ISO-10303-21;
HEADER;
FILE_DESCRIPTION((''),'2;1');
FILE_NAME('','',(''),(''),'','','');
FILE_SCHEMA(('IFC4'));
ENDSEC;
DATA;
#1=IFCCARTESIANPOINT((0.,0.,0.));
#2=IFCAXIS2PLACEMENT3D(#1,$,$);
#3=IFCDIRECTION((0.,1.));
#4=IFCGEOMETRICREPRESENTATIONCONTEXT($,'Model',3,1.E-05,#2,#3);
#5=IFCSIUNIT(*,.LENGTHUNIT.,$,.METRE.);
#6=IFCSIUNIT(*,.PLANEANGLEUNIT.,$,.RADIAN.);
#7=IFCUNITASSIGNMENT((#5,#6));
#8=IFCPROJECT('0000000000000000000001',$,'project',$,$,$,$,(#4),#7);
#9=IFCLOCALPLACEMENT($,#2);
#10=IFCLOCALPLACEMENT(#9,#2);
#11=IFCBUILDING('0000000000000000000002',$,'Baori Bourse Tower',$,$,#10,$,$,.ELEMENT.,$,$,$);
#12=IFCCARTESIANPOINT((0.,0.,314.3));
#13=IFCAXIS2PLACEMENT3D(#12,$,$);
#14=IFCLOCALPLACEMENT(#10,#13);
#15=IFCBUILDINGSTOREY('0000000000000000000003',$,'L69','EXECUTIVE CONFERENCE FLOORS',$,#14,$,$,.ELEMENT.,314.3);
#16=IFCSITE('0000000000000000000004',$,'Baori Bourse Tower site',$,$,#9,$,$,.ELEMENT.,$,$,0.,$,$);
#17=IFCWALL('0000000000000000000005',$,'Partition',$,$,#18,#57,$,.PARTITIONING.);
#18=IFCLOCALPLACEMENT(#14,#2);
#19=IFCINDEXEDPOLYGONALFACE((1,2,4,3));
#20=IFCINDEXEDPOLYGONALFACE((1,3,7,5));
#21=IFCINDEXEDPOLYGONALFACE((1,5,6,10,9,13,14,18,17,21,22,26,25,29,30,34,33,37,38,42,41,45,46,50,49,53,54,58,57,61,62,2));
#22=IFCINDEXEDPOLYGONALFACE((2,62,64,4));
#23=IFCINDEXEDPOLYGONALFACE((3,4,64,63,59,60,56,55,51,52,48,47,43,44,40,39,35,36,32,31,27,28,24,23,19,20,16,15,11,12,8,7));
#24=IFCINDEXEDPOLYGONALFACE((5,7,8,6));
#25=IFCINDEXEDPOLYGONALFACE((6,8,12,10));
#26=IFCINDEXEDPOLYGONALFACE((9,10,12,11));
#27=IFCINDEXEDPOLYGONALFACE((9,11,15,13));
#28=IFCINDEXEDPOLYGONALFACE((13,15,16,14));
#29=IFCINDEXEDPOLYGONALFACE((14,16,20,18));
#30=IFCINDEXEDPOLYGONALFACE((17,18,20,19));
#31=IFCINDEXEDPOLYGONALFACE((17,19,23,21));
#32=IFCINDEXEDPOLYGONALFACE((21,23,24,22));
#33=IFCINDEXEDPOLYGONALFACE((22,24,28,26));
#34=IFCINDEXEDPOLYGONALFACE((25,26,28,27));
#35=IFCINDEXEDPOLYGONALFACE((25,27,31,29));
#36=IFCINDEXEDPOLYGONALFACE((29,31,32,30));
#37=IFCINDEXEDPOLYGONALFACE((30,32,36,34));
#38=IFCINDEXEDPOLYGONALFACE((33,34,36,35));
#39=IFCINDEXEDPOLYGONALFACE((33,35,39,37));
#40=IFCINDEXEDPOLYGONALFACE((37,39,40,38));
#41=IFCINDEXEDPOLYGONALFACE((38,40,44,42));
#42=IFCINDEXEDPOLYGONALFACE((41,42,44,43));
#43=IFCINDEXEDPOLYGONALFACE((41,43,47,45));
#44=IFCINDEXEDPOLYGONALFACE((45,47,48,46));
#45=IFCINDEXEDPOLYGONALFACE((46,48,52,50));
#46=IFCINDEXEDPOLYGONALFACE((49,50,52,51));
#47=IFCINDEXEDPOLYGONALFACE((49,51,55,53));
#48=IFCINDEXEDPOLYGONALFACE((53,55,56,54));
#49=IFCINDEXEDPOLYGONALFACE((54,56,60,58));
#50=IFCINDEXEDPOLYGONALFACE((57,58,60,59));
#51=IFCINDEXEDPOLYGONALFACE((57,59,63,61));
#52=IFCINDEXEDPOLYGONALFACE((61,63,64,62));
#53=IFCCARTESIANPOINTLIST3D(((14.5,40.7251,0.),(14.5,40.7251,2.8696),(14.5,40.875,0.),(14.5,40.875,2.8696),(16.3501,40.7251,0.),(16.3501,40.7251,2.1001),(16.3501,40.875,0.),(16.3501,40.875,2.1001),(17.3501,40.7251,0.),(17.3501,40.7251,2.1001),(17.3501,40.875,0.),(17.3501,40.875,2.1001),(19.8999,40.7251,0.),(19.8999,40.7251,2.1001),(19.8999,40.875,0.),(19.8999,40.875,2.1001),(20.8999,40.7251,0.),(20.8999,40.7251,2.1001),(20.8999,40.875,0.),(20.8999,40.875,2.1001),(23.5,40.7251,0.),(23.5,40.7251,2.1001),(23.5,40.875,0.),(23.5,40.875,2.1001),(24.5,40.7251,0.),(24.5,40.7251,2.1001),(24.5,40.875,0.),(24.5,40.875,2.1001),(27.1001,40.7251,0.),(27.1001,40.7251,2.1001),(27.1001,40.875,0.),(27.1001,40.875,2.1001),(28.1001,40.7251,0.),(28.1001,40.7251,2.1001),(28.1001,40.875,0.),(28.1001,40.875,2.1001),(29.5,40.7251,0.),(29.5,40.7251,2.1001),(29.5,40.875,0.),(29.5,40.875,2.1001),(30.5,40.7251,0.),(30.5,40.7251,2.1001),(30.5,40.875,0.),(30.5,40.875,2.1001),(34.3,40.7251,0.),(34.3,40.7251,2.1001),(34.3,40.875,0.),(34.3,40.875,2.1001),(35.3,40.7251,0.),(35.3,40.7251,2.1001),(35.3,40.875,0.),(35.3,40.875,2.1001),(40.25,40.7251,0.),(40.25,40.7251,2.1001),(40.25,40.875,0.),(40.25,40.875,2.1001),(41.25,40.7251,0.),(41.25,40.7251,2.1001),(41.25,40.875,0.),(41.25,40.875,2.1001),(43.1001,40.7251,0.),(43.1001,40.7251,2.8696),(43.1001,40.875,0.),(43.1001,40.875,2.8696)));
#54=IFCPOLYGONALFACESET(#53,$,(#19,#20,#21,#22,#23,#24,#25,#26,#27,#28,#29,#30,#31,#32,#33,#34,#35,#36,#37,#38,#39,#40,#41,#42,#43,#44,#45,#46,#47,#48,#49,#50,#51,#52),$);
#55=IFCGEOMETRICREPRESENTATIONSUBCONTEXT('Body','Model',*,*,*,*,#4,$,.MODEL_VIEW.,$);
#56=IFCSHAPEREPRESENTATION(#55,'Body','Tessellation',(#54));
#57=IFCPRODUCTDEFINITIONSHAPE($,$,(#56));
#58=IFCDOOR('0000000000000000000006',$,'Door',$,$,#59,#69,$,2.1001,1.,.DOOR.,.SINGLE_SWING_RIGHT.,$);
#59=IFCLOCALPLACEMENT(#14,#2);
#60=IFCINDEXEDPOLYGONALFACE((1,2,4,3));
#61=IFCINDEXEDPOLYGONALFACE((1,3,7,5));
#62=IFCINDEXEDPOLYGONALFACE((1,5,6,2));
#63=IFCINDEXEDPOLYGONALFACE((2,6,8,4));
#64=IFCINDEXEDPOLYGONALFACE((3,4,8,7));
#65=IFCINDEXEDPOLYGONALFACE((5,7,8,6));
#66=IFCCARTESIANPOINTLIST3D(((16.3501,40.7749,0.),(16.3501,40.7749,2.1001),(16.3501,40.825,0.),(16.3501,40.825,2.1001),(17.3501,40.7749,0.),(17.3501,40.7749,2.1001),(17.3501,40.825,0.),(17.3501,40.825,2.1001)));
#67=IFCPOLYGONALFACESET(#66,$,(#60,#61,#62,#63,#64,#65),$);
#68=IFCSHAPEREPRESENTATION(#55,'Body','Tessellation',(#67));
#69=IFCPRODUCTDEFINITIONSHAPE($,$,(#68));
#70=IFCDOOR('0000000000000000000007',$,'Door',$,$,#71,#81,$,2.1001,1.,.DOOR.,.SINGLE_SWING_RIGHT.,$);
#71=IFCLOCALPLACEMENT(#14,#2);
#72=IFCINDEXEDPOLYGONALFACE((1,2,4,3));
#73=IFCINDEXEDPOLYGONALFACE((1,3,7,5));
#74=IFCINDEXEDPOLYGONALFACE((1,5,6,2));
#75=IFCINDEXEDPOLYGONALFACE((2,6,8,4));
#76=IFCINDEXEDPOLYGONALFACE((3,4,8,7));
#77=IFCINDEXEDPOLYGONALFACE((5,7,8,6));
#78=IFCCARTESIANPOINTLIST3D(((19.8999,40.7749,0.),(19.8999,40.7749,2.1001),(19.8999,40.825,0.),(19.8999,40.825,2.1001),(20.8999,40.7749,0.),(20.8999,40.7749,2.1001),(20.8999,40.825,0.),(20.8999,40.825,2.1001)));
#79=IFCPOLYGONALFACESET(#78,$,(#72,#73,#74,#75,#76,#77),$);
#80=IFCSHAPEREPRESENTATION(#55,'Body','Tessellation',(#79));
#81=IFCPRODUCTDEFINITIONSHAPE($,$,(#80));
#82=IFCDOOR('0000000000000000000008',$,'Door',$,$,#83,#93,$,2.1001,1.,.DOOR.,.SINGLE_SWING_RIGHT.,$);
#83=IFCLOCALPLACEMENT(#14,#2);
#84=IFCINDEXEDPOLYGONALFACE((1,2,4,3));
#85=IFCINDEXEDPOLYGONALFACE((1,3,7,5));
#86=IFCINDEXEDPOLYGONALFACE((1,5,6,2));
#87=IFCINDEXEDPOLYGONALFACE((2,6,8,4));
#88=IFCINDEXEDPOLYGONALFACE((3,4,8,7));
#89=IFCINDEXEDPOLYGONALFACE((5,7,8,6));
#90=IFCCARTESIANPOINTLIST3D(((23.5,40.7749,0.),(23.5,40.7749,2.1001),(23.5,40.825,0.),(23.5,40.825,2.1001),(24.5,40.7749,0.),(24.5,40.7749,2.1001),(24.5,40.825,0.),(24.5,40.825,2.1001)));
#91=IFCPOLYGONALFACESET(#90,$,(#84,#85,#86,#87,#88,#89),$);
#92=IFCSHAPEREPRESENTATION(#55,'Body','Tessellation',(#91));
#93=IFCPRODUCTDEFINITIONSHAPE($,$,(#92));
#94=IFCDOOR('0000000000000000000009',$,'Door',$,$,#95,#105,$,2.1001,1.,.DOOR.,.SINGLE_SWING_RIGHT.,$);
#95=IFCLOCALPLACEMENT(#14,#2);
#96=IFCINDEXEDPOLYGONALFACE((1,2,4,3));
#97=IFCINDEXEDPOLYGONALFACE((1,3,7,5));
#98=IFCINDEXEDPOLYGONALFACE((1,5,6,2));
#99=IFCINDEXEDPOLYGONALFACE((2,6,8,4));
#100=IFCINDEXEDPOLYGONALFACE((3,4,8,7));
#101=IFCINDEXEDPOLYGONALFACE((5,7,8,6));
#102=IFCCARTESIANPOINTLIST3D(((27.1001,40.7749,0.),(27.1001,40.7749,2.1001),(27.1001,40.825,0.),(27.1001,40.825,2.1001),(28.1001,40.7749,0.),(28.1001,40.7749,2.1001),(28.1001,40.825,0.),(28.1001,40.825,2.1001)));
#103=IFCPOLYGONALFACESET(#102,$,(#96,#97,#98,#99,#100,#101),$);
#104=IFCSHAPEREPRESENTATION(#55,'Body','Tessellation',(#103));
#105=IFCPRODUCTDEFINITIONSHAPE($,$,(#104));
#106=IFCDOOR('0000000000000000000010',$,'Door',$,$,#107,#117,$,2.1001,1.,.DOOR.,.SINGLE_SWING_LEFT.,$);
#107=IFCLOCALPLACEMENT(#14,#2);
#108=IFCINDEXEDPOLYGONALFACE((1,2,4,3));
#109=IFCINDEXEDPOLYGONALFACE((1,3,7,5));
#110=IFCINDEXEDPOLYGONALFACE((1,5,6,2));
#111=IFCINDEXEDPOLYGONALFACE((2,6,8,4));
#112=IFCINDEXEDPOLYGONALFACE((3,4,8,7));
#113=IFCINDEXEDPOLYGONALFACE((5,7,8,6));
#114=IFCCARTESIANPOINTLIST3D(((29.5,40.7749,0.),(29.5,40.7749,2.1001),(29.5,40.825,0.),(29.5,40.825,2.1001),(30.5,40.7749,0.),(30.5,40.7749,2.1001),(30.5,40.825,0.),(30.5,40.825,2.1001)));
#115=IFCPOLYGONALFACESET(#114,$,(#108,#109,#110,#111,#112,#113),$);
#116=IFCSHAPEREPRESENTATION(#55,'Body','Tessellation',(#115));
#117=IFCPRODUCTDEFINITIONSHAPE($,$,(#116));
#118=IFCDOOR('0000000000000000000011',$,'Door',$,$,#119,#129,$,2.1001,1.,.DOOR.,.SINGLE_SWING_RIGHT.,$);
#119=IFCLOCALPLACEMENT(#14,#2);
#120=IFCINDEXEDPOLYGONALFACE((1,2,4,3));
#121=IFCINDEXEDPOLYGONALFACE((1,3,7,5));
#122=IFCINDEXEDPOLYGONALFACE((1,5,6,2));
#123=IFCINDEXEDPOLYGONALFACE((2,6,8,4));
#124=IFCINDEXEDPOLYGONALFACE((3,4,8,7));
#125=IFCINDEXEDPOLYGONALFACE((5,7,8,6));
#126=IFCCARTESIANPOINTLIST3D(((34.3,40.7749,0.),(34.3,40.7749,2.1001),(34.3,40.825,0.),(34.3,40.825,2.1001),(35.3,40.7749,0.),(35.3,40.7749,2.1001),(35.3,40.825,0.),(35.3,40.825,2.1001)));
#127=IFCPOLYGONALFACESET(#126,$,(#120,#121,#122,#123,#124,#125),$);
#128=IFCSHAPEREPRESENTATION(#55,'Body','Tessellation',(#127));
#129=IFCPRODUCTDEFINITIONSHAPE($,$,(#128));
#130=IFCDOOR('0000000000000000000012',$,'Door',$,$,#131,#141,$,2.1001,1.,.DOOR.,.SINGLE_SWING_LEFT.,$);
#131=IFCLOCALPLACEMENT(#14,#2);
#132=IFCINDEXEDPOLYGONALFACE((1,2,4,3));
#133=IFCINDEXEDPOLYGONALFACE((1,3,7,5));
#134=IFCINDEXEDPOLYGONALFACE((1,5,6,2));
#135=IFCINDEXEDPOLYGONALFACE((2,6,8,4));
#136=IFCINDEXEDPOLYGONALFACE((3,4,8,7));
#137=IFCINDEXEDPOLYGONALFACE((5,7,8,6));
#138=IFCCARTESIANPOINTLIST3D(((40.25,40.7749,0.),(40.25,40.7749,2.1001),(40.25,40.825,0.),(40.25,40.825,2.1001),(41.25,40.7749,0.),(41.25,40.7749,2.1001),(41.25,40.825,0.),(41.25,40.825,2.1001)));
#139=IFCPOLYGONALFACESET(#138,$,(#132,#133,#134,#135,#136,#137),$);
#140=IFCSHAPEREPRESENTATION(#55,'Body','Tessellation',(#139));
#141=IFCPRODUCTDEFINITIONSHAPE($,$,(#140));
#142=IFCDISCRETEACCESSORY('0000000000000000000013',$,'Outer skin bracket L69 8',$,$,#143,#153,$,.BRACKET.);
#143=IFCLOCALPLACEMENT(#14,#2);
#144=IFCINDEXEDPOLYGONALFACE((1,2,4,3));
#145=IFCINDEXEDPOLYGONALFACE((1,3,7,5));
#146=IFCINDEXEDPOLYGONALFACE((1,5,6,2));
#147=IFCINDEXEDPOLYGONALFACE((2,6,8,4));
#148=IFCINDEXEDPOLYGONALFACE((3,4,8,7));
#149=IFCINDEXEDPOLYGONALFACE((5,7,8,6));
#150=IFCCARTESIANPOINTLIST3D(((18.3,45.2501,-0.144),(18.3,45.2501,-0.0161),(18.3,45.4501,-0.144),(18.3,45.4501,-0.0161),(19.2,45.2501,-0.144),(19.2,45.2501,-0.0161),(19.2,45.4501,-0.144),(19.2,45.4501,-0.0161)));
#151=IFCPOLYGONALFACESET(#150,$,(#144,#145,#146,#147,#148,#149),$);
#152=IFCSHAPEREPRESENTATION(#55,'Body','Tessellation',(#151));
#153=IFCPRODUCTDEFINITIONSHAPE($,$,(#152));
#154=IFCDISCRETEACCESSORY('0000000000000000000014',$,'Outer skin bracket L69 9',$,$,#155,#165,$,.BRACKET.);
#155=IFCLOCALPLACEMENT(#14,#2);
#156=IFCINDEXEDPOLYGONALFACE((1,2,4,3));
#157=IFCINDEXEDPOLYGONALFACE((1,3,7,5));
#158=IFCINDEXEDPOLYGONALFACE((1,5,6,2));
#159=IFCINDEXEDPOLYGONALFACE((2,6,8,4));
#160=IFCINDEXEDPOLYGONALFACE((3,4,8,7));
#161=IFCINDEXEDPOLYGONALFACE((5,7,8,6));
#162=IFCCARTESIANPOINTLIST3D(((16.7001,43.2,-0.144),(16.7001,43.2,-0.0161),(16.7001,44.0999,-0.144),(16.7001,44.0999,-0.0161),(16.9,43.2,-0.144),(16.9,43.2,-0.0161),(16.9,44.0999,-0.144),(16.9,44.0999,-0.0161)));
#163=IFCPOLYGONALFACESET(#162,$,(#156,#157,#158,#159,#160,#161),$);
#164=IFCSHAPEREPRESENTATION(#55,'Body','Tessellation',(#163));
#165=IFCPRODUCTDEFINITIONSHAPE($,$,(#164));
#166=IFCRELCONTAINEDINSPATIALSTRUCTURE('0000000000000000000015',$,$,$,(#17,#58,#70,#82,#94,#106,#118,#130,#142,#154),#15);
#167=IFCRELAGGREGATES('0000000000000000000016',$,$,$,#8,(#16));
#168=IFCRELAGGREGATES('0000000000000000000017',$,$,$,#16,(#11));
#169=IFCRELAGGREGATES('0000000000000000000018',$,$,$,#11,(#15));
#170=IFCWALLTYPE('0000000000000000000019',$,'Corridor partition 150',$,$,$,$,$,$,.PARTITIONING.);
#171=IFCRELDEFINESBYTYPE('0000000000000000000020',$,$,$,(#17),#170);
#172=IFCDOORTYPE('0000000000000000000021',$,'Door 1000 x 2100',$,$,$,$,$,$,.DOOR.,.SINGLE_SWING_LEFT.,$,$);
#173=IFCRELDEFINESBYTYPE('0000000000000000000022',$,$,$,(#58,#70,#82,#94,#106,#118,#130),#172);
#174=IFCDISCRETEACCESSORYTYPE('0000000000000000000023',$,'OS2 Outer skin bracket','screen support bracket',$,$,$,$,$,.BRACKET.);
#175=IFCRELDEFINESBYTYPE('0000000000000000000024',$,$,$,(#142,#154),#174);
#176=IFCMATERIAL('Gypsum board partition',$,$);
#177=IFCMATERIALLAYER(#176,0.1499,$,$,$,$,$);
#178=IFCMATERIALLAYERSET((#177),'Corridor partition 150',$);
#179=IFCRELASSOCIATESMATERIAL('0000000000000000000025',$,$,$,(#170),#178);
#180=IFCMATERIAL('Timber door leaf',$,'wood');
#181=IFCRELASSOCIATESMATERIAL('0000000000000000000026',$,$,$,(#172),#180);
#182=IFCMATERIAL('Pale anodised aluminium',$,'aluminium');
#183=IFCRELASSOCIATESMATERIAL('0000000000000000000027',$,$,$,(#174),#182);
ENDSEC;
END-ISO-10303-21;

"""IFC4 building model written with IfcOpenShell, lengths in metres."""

from ifc_helpers import new_model, si_unit, direction, frame, frame_2d, origin, origin_2d, place, context, subcontext, project, spatial, rectangle, extrude, material, layer, layer_set, type_object, element, fill, save


model = new_model("IFC4")

# Units and contexts
model_context = context("Model", 3, precision=1e-05, world=origin(), true_north=direction((0.0, 1.0)))
body_context = subcontext(model_context, "Body", "Model", "MODEL_VIEW")
ifc_project = project(units=[si_unit("LENGTHUNIT", "METRE"), si_unit("PLANEANGLEUNIT", "RADIAN")], contexts=[model_context])

# Site, building, storey
site_placement = place(None, origin())
site = spatial("IfcSite", under=ifc_project, at=site_placement, Name="Baori Bourse Tower site", CompositionType="ELEMENT", RefElevation=0.0)
building_placement = place(site_placement, origin())
building = spatial("IfcBuilding", under=site, at=building_placement, Name="Baori Bourse Tower", CompositionType="ELEMENT")
storey_placement = place(building_placement, frame((0.0, 0.0, 314.3)))
storey = spatial("IfcBuildingStorey", under=building, at=storey_placement, Name="L69", Description="EXECUTIVE CONFERENCE FLOORS", CompositionType="ELEMENT", Elevation=314.3)

# Wall, openings, doors
ifc_material_1 = material(Name="Gypsum board partition")
ifc_layer_1 = layer(ifc_material_1, 0.1499)
ifc_layer_set_1 = layer_set([ifc_layer_1], Name="Corridor partition 150")
wall_type_1 = type_object("IfcWallType", Name="Corridor partition 150", PredefinedType="PARTITIONING", material=ifc_layer_set_1)
wall_1_placement = place(storey_placement, frame((14.5, 40.8, 0.0), z_axis=(0.0, 0.0, 1.0), x_axis=(1.0, 0.0, 0.0)))
wall_1 = element("IfcWall", 1, at=wall_1_placement, inside=storey, type_object=wall_type_1, Name="Partition", PredefinedType="PARTITIONING", context=body_context, shape_type="SweptSolid", body=[
    extrude(rectangle(XDim=28.6001, YDim=0.1499, at=frame_2d((14.3, 0.0))), origin(), (0.0, 0.0, 1.0), 2.8696),
])
opening_1_placement = place(wall_1_placement, frame((1.8501, 0.0, 0.0)))
opening_1 = element("IfcOpeningElement", 2, at=opening_1_placement, cuts=wall_1, PredefinedType="OPENING", context=body_context, shape_type="SweptSolid", body=[
    extrude(rectangle(XDim=1.0, YDim=2.1001, at=frame_2d((0.5, 1.05))), frame((0.0, 0.085, 0.0), z_axis=(0.0, -1.0, 0.0), x_axis=(1.0, 0.0, 0.0)), (0.0, 0.0, 1.0), 0.1699),
])
opening_2_placement = place(wall_1_placement, frame((5.3999, 0.0, 0.0)))
opening_2 = element("IfcOpeningElement", 3, at=opening_2_placement, cuts=wall_1, PredefinedType="OPENING", context=body_context, shape_type="SweptSolid", body=[
    extrude(rectangle(XDim=1.0, YDim=2.1001, at=frame_2d((0.5, 1.05))), frame((0.0, 0.085, 0.0), z_axis=(0.0, -1.0, 0.0), x_axis=(1.0, 0.0, 0.0)), (0.0, 0.0, 1.0), 0.1699),
])
opening_3_placement = place(wall_1_placement, frame((9.0, 0.0, 0.0)))
opening_3 = element("IfcOpeningElement", 4, at=opening_3_placement, cuts=wall_1, PredefinedType="OPENING", context=body_context, shape_type="SweptSolid", body=[
    extrude(rectangle(XDim=1.0, YDim=2.1001, at=frame_2d((0.5, 1.05))), frame((0.0, 0.085, 0.0), z_axis=(0.0, -1.0, 0.0), x_axis=(1.0, 0.0, 0.0)), (0.0, 0.0, 1.0), 0.1699),
])
opening_4_placement = place(wall_1_placement, frame((12.6001, 0.0, 0.0)))
opening_4 = element("IfcOpeningElement", 5, at=opening_4_placement, cuts=wall_1, PredefinedType="OPENING", context=body_context, shape_type="SweptSolid", body=[
    extrude(rectangle(XDim=1.0, YDim=2.1001, at=frame_2d((0.5, 1.05))), frame((0.0, 0.085, 0.0), z_axis=(0.0, -1.0, 0.0), x_axis=(1.0, 0.0, 0.0)), (0.0, 0.0, 1.0), 0.1699),
])
opening_5_placement = place(wall_1_placement, frame((15.0, 0.0, 0.0)))
opening_5 = element("IfcOpeningElement", 6, at=opening_5_placement, cuts=wall_1, PredefinedType="OPENING", context=body_context, shape_type="SweptSolid", body=[
    extrude(rectangle(XDim=1.0, YDim=2.1001, at=frame_2d((0.5, 1.05))), frame((0.0, 0.085, 0.0), z_axis=(0.0, -1.0, 0.0), x_axis=(1.0, 0.0, 0.0)), (0.0, 0.0, 1.0), 0.1699),
])
opening_6_placement = place(wall_1_placement, frame((19.8, 0.0, 0.0)))
opening_6 = element("IfcOpeningElement", 7, at=opening_6_placement, cuts=wall_1, PredefinedType="OPENING", context=body_context, shape_type="SweptSolid", body=[
    extrude(rectangle(XDim=1.0, YDim=2.1001, at=frame_2d((0.5, 1.05))), frame((0.0, 0.085, 0.0), z_axis=(0.0, -1.0, 0.0), x_axis=(1.0, 0.0, 0.0)), (0.0, 0.0, 1.0), 0.1699),
])
opening_7_placement = place(wall_1_placement, frame((25.75, 0.0, 0.0)))
opening_7 = element("IfcOpeningElement", 8, at=opening_7_placement, cuts=wall_1, PredefinedType="OPENING", context=body_context, shape_type="SweptSolid", body=[
    extrude(rectangle(XDim=1.0, YDim=2.1001, at=frame_2d((0.5, 1.05))), frame((0.0, 0.085, 0.0), z_axis=(0.0, -1.0, 0.0), x_axis=(1.0, 0.0, 0.0)), (0.0, 0.0, 1.0), 0.1699),
])
ifc_material_2 = material(Name="Timber door leaf", Category="wood")
door_type_1 = type_object("IfcDoorType", Name="Door 1000 x 2100", OperationType="SINGLE_SWING_LEFT", PredefinedType="DOOR", material=ifc_material_2)
door_1_placement = place(opening_1_placement, origin())
door_1 = element("IfcDoor", 9, at=door_1_placement, inside=storey, type_object=door_type_1, Name="Door", OperationType="SINGLE_SWING_RIGHT", OverallHeight=2.1001, OverallWidth=1.0, PredefinedType="DOOR", context=body_context, shape_type="SweptSolid", body=[
    extrude(rectangle(XDim=1.0, YDim=2.1001, at=frame_2d((0.5, 1.05))), frame((0.0, 0.0249, 0.0), z_axis=(0.0, -1.0, 0.0), x_axis=(1.0, 0.0, 0.0)), (0.0, 0.0, 1.0), 0.05),
])
fill(opening_1, door_1)
door_2_placement = place(opening_2_placement, origin())
door_2 = element("IfcDoor", 10, at=door_2_placement, inside=storey, type_object=door_type_1, Name="Door", OperationType="SINGLE_SWING_RIGHT", OverallHeight=2.1001, OverallWidth=1.0, PredefinedType="DOOR", context=body_context, shape_type="SweptSolid", body=[
    extrude(rectangle(XDim=1.0, YDim=2.1001, at=frame_2d((0.5, 1.05))), frame((0.0, 0.0249, 0.0), z_axis=(0.0, -1.0, 0.0), x_axis=(1.0, 0.0, 0.0)), (0.0, 0.0, 1.0), 0.05),
])
fill(opening_2, door_2)
door_3_placement = place(opening_3_placement, origin())
door_3 = element("IfcDoor", 11, at=door_3_placement, inside=storey, type_object=door_type_1, Name="Door", OperationType="SINGLE_SWING_RIGHT", OverallHeight=2.1001, OverallWidth=1.0, PredefinedType="DOOR", context=body_context, shape_type="SweptSolid", body=[
    extrude(rectangle(XDim=1.0, YDim=2.1001, at=frame_2d((0.5, 1.05))), frame((0.0, 0.0249, 0.0), z_axis=(0.0, -1.0, 0.0), x_axis=(1.0, 0.0, 0.0)), (0.0, 0.0, 1.0), 0.05),
])
fill(opening_3, door_3)
door_4_placement = place(opening_4_placement, origin())
door_4 = element("IfcDoor", 12, at=door_4_placement, inside=storey, type_object=door_type_1, Name="Door", OperationType="SINGLE_SWING_RIGHT", OverallHeight=2.1001, OverallWidth=1.0, PredefinedType="DOOR", context=body_context, shape_type="SweptSolid", body=[
    extrude(rectangle(XDim=1.0, YDim=2.1001, at=frame_2d((0.5, 1.05))), frame((0.0, 0.0249, 0.0), z_axis=(0.0, -1.0, 0.0), x_axis=(1.0, 0.0, 0.0)), (0.0, 0.0, 1.0), 0.05),
])
fill(opening_4, door_4)
door_5_placement = place(opening_5_placement, origin())
door_5 = element("IfcDoor", 13, at=door_5_placement, inside=storey, type_object=door_type_1, Name="Door", OperationType="SINGLE_SWING_LEFT", OverallHeight=2.1001, OverallWidth=1.0, PredefinedType="DOOR", context=body_context, shape_type="SweptSolid", body=[
    extrude(rectangle(XDim=1.0, YDim=2.1001, at=frame_2d((0.5, 1.05))), frame((0.0, 0.0249, 0.0), z_axis=(0.0, -1.0, 0.0), x_axis=(1.0, 0.0, 0.0)), (0.0, 0.0, 1.0), 0.05),
])
fill(opening_5, door_5)
door_6_placement = place(opening_6_placement, origin())
door_6 = element("IfcDoor", 14, at=door_6_placement, inside=storey, type_object=door_type_1, Name="Door", OperationType="SINGLE_SWING_RIGHT", OverallHeight=2.1001, OverallWidth=1.0, PredefinedType="DOOR", context=body_context, shape_type="SweptSolid", body=[
    extrude(rectangle(XDim=1.0, YDim=2.1001, at=frame_2d((0.5, 1.05))), frame((0.0, 0.0249, 0.0), z_axis=(0.0, -1.0, 0.0), x_axis=(1.0, 0.0, 0.0)), (0.0, 0.0, 1.0), 0.05),
])
fill(opening_6, door_6)
door_7_placement = place(opening_7_placement, origin())
door_7 = element("IfcDoor", 15, at=door_7_placement, inside=storey, type_object=door_type_1, Name="Door", OperationType="SINGLE_SWING_LEFT", OverallHeight=2.1001, OverallWidth=1.0, PredefinedType="DOOR", context=body_context, shape_type="SweptSolid", body=[
    extrude(rectangle(XDim=1.0, YDim=2.1001, at=frame_2d((0.5, 1.05))), frame((0.0, 0.0249, 0.0), z_axis=(0.0, -1.0, 0.0), x_axis=(1.0, 0.0, 0.0)), (0.0, 0.0, 1.0), 0.05),
])
fill(opening_7, door_7)

# Discrete accessories
ifc_material_3 = material(Name="Pale anodised aluminium", Category="aluminium")
discrete_accessory_type = type_object("IfcDiscreteAccessoryType", Name="OS2 Outer skin bracket", Description="screen support bracket", PredefinedType="BRACKET", material=ifc_material_3)
for number, where, z_axis, x_axis, name in (
    (16, (18.75, 45.3501, -0.144), (0.0, 0.0, 1.0), (0.0, -1.0, 0.0), "Outer skin bracket L69 8"),
    (17, (16.8, 43.6499, -0.144), (0.0, 0.0, 1.0), (-1.0, 0.0, 0.0), "Outer skin bracket L69 9"),
):
    element("IfcDiscreteAccessory", number, at=place(storey_placement, frame(where, z_axis=z_axis, x_axis=x_axis)), inside=storey, type_object=discrete_accessory_type, Name=name, PredefinedType="BRACKET", context=body_context, shape_type="SweptSolid", body=[
        extrude(rectangle(XDim=0.2, YDim=0.8999, at=origin_2d()), origin(), (0.0, 0.0, 1.0), 0.1279),
    ])

save(model, "model.ifc")
